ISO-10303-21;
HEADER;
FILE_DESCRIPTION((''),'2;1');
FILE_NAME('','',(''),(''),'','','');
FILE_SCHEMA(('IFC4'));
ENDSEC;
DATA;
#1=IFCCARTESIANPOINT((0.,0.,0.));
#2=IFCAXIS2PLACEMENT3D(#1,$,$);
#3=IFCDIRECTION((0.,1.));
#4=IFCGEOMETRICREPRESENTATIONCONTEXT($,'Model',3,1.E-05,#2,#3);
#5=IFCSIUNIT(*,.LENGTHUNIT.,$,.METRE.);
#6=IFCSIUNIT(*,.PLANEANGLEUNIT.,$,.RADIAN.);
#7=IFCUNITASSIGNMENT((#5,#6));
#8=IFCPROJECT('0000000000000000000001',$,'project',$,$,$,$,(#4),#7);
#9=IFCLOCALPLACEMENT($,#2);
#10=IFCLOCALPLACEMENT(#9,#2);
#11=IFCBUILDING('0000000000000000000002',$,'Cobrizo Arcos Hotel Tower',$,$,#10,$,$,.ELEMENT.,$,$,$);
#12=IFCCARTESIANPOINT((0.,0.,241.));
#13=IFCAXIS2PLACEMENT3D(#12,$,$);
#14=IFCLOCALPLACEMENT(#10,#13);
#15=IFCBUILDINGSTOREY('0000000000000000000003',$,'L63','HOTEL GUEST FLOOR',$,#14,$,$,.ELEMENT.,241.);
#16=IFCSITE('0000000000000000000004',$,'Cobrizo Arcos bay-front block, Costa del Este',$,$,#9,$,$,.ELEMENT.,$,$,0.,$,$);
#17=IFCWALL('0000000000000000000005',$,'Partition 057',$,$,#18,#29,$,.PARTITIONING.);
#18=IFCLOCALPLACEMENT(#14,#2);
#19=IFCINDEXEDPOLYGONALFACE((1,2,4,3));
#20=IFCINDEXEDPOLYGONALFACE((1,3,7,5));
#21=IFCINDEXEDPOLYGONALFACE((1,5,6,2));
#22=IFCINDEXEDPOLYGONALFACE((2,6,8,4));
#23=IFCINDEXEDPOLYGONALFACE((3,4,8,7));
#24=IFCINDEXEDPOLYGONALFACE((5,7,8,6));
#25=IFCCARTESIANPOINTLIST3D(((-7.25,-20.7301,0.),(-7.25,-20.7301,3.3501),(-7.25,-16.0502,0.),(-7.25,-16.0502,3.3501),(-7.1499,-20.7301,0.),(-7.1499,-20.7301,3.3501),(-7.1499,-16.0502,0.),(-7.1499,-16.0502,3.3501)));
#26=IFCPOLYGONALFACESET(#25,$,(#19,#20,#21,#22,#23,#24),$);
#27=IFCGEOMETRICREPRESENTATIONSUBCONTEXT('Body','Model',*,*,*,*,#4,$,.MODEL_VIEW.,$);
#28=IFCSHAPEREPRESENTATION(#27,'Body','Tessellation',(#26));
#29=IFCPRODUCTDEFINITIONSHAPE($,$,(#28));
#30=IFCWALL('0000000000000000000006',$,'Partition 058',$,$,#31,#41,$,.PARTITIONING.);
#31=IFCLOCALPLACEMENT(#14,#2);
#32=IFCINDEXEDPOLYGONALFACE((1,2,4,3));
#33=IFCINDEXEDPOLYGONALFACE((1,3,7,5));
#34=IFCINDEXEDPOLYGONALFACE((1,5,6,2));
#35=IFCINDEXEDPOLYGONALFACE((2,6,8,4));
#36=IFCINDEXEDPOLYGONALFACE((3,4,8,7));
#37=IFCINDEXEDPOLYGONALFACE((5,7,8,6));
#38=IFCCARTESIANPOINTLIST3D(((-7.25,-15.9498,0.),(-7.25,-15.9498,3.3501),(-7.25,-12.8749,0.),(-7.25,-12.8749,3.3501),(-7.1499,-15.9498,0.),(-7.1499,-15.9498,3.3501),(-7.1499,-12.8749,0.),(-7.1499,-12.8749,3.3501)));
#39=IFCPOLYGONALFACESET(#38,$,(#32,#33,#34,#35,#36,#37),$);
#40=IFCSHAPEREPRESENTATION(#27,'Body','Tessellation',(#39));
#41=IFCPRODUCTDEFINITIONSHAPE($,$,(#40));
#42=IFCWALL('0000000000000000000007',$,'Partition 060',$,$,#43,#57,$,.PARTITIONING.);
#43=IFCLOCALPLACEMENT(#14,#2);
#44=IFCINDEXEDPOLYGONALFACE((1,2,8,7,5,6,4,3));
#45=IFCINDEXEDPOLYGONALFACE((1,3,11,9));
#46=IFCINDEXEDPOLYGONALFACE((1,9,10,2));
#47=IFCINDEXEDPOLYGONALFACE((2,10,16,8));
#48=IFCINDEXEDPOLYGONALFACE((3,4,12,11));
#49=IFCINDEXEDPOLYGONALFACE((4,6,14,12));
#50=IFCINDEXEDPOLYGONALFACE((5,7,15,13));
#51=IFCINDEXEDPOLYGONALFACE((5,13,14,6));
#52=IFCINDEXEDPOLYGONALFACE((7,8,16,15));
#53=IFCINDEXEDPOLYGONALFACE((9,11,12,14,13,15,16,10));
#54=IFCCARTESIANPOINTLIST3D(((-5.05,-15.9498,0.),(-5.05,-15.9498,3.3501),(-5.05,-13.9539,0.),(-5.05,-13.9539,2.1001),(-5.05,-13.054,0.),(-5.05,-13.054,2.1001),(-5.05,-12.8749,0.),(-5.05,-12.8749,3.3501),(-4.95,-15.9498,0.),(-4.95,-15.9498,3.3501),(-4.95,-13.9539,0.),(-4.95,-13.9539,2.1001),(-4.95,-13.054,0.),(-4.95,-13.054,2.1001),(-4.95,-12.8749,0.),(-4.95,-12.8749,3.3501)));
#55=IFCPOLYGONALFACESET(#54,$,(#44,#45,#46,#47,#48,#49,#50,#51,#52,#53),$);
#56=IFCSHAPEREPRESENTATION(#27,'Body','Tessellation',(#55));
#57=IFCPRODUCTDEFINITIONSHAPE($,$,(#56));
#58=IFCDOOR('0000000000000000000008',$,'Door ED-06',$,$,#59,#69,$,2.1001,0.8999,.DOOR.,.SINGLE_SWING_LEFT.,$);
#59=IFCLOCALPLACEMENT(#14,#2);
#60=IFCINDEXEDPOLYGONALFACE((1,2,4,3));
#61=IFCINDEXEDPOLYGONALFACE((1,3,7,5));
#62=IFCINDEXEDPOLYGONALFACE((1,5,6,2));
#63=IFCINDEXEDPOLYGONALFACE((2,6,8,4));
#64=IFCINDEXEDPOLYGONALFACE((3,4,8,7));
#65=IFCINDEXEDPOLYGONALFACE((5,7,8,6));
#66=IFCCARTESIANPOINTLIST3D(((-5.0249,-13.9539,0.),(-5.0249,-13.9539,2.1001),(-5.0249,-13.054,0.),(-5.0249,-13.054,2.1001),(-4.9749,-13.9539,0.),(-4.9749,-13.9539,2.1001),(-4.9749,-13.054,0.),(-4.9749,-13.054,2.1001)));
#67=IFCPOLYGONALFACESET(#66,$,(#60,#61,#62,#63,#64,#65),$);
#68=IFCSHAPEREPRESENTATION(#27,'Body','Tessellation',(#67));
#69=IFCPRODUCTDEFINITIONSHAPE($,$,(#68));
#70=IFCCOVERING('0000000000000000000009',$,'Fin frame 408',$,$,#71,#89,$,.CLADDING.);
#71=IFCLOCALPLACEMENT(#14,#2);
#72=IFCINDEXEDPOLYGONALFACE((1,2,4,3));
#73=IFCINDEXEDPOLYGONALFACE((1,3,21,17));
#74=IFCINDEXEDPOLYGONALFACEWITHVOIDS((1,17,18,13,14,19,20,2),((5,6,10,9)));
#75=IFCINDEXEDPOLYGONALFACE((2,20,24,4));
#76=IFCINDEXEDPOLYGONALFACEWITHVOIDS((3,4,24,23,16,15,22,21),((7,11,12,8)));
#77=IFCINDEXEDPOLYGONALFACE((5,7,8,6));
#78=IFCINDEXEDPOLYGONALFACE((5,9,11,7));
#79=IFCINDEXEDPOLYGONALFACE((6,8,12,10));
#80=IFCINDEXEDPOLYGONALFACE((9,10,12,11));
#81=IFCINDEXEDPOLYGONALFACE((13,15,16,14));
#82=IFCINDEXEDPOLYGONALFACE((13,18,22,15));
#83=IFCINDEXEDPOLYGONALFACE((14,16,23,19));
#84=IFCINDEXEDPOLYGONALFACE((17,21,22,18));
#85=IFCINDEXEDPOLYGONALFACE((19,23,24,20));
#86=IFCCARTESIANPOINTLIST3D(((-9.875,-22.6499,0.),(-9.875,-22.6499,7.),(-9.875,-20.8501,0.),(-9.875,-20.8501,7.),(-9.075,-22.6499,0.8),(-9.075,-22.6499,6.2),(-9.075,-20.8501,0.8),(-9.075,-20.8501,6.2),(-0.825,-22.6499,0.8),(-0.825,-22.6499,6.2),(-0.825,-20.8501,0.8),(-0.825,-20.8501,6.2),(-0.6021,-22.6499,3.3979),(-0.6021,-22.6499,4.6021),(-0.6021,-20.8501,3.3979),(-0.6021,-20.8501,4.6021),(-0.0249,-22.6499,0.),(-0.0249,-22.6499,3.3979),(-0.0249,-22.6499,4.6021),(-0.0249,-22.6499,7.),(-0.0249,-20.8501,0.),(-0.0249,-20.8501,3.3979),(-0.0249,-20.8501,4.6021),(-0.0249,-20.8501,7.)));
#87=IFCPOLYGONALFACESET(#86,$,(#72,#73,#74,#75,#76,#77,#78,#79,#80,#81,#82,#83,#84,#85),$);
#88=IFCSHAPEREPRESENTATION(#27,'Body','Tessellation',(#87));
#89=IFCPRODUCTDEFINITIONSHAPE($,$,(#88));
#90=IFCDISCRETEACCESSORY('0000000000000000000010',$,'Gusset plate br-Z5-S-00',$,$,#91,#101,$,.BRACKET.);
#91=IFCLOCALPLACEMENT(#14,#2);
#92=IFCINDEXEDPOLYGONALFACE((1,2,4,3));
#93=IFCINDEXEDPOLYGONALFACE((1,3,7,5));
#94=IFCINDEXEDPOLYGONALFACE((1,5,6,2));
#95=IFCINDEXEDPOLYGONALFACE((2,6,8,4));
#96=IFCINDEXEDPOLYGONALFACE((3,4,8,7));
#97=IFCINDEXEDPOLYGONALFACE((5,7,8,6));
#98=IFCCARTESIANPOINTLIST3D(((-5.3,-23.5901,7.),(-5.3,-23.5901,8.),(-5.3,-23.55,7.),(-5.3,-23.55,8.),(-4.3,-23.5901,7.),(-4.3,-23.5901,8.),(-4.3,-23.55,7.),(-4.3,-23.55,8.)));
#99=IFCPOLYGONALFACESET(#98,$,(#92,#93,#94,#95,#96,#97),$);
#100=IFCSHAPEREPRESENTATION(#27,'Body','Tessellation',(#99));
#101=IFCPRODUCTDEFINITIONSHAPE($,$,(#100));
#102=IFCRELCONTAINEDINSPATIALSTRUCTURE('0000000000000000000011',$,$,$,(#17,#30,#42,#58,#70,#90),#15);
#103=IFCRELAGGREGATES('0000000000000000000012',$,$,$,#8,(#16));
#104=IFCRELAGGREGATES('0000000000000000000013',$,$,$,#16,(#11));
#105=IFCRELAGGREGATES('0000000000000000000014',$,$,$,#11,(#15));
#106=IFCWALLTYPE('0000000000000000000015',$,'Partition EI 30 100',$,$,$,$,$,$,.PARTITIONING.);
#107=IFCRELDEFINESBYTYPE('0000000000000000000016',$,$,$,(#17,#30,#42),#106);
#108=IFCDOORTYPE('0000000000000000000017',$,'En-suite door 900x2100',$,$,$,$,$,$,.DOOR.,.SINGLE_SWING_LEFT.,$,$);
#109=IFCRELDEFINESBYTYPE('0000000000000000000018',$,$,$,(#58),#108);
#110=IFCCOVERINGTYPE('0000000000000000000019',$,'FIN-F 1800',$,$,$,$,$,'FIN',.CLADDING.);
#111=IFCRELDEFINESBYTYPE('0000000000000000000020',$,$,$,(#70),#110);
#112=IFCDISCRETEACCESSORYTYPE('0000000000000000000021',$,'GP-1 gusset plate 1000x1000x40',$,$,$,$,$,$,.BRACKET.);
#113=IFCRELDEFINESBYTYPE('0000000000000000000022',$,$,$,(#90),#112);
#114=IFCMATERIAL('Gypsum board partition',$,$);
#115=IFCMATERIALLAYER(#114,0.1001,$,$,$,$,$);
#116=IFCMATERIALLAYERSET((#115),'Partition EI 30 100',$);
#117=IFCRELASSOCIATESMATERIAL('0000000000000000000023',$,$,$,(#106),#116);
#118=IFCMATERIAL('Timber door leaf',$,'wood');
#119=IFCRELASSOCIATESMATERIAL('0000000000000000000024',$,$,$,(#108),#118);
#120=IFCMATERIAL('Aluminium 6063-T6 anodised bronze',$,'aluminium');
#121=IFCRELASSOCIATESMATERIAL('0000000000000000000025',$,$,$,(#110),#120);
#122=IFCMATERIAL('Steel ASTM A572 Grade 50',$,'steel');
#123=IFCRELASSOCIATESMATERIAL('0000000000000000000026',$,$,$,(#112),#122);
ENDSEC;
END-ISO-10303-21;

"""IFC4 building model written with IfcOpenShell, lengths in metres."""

from ifc_helpers import new_model, si_unit, direction, frame, frame_2d, origin, origin_2d, place, context, subcontext, project, spatial, polyline, rectangle, outline, extrude, material, layer, layer_set, type_object, element, fill, save


model = new_model("IFC4")

# Units and contexts
model_context = context("Model", 3, precision=1e-05, world=origin(), true_north=direction((0.0, 1.0)))
body_context = subcontext(model_context, "Body", "Model", "MODEL_VIEW")
ifc_project = project(units=[si_unit("LENGTHUNIT", "METRE"), si_unit("PLANEANGLEUNIT", "RADIAN")], contexts=[model_context])

# Site, building, storey
site_placement = place(None, origin())
site = spatial("IfcSite", under=ifc_project, at=site_placement, Name="Cobrizo Arcos bay-front block, Costa del Este", CompositionType="ELEMENT", RefElevation=0.0)
building_placement = place(site_placement, origin())
building = spatial("IfcBuilding", under=site, at=building_placement, Name="Cobrizo Arcos Hotel Tower", CompositionType="ELEMENT")
storey_placement = place(building_placement, frame((0.0, 0.0, 241.0)))
storey = spatial("IfcBuildingStorey", under=building, at=storey_placement, Name="L63", Description="HOTEL GUEST FLOOR", CompositionType="ELEMENT", Elevation=241.0)

# Shared definitions
ifc_material_1 = material(Name="Steel ASTM A572 Grade 50", Category="steel")

# Shared definitions
ifc_material_2 = material(Name="Aluminium 6063-T6 anodised bronze", Category="aluminium")

# Shared definitions
ifc_material_3 = material(Name="Gypsum board partition")
ifc_layer_1 = layer(ifc_material_3, 0.1001)
ifc_layer_set_1 = layer_set([ifc_layer_1], Name="Partition EI 30 100")
wall_type = type_object("IfcWallType", Name="Partition EI 30 100", PredefinedType="PARTITIONING", material=ifc_layer_set_1)

# Shared definitions
ifc_material_4 = material(Name="Timber door leaf", Category="wood")
door_type = type_object("IfcDoorType", Name="En-suite door 900x2100", OperationType="SINGLE_SWING_LEFT", PredefinedType="DOOR", material=ifc_material_4)

# Walls
wall_1_placement = place(storey_placement, frame((-7.2, -20.73, 0.0), z_axis=(0.0, 0.0, 1.0), x_axis=(0.0, 1.0, 0.0)))
element("IfcWall", 1, at=wall_1_placement, inside=storey, type_object=wall_type, Name="Partition 057", PredefinedType="PARTITIONING", context=body_context, shape_type="SweptSolid", body=[
    extrude(rectangle(XDim=4.6799, YDim=0.1001, at=frame_2d((2.3398, 0.0))), origin(), (0.0, 0.0, 1.0), 3.3501),
])
wall_2_placement = place(storey_placement, frame((-7.2, -15.95, 0.0), z_axis=(0.0, 0.0, 1.0), x_axis=(0.0, 1.0, 0.0)))
element("IfcWall", 2, at=wall_2_placement, inside=storey, type_object=wall_type, Name="Partition 058", PredefinedType="PARTITIONING", context=body_context, shape_type="SweptSolid", body=[
    extrude(rectangle(XDim=3.075, YDim=0.1001, at=frame_2d((1.5376, 0.0))), origin(), (0.0, 0.0, 1.0), 3.3501),
])

# Wall, opening, door
wall_3_placement = place(storey_placement, frame((-5.0, -15.95, 0.0), z_axis=(0.0, 0.0, 1.0), x_axis=(0.0, 1.0, 0.0)))
wall_3 = element("IfcWall", 3, at=wall_3_placement, inside=storey, type_object=wall_type, Name="Partition 060", PredefinedType="PARTITIONING", context=body_context, shape_type="SweptSolid", body=[
    extrude(rectangle(XDim=3.075, YDim=0.1001, at=frame_2d((1.5376, 0.0))), origin(), (0.0, 0.0, 1.0), 3.3501),
])
opening_1_placement = place(wall_3_placement, frame((1.9961, 0.0, 0.0)))
opening_1 = element("IfcOpeningElement", 4, at=opening_1_placement, cuts=wall_3, PredefinedType="OPENING", context=body_context, shape_type="SweptSolid", body=[
    extrude(rectangle(XDim=0.8999, YDim=2.1001, at=frame_2d((0.45, 1.05))), frame((0.0, 0.062, 0.0), z_axis=(0.0, -1.0, 0.0), x_axis=(1.0, 0.0, 0.0)), (0.0, 0.0, 1.0), 0.124),
])
door_1_placement = place(opening_1_placement, origin())
door_1 = element("IfcDoor", 5, at=door_1_placement, inside=storey, type_object=door_type, Name="Door ED-06", OperationType="SINGLE_SWING_LEFT", OverallHeight=2.1001, OverallWidth=0.8999, PredefinedType="DOOR", context=body_context, shape_type="SweptSolid", body=[
    extrude(rectangle(XDim=0.8999, YDim=2.1001, at=frame_2d((0.45, 1.05))), frame((0.0, 0.0249, 0.0), z_axis=(0.0, -1.0, 0.0), x_axis=(1.0, 0.0, 0.0)), (0.0, 0.0, 1.0), 0.05),
])
fill(opening_1, door_1)

# Covering
covering_type = type_object("IfcCoveringType", Name="FIN-F 1800", ElementType="FIN", PredefinedType="CLADDING", material=ifc_material_2)
covering_placement = place(storey_placement, frame((-9.875, -20.8501, 0.0), z_axis=(0.0, -1.0, 0.0), x_axis=(1.0, 0.0, 0.0)))
element("IfcCovering", 6, at=covering_placement, inside=storey, type_object=covering_type, Name="Fin frame 408", PredefinedType="CLADDING", context=body_context, shape_type="SweptSolid", body=[
    extrude(outline(polyline([(9.8501, 0.0), (9.8501, 3.3979), (9.2729, 3.3979), (9.2729, 4.6021), (9.8501, 4.6021), (9.8501, 7.0), (0.0, 7.0), (0.0, 0.0), (9.8501, 0.0)]), holes=[polyline([(9.05, 0.8), (0.8, 0.8), (0.8, 6.2), (9.05, 6.2), (9.05, 0.8)])]), origin(), (0.0, 0.0, 1.0), 1.7998),
])

# Discrete accessory
discrete_accessory_type = type_object("IfcDiscreteAccessoryType", Name="GP-1 gusset plate 1000x1000x40", PredefinedType="BRACKET", material=ifc_material_1)
discrete_accessory_placement = place(storey_placement, frame((-4.8, -23.5701, 7.0), z_axis=(0.0, 0.0, 1.0), x_axis=(1.0, 0.0, 0.0)))
element("IfcDiscreteAccessory", 7, at=discrete_accessory_placement, inside=storey, type_object=discrete_accessory_type, Name="Gusset plate br-Z5-S-00", PredefinedType="BRACKET", context=body_context, shape_type="SweptSolid", body=[
    extrude(rectangle(XDim=1.0, YDim=0.04, at=origin_2d()), origin(), (0.0, 0.0, 1.0), 1.0),
])

save(model, "model.ifc")
